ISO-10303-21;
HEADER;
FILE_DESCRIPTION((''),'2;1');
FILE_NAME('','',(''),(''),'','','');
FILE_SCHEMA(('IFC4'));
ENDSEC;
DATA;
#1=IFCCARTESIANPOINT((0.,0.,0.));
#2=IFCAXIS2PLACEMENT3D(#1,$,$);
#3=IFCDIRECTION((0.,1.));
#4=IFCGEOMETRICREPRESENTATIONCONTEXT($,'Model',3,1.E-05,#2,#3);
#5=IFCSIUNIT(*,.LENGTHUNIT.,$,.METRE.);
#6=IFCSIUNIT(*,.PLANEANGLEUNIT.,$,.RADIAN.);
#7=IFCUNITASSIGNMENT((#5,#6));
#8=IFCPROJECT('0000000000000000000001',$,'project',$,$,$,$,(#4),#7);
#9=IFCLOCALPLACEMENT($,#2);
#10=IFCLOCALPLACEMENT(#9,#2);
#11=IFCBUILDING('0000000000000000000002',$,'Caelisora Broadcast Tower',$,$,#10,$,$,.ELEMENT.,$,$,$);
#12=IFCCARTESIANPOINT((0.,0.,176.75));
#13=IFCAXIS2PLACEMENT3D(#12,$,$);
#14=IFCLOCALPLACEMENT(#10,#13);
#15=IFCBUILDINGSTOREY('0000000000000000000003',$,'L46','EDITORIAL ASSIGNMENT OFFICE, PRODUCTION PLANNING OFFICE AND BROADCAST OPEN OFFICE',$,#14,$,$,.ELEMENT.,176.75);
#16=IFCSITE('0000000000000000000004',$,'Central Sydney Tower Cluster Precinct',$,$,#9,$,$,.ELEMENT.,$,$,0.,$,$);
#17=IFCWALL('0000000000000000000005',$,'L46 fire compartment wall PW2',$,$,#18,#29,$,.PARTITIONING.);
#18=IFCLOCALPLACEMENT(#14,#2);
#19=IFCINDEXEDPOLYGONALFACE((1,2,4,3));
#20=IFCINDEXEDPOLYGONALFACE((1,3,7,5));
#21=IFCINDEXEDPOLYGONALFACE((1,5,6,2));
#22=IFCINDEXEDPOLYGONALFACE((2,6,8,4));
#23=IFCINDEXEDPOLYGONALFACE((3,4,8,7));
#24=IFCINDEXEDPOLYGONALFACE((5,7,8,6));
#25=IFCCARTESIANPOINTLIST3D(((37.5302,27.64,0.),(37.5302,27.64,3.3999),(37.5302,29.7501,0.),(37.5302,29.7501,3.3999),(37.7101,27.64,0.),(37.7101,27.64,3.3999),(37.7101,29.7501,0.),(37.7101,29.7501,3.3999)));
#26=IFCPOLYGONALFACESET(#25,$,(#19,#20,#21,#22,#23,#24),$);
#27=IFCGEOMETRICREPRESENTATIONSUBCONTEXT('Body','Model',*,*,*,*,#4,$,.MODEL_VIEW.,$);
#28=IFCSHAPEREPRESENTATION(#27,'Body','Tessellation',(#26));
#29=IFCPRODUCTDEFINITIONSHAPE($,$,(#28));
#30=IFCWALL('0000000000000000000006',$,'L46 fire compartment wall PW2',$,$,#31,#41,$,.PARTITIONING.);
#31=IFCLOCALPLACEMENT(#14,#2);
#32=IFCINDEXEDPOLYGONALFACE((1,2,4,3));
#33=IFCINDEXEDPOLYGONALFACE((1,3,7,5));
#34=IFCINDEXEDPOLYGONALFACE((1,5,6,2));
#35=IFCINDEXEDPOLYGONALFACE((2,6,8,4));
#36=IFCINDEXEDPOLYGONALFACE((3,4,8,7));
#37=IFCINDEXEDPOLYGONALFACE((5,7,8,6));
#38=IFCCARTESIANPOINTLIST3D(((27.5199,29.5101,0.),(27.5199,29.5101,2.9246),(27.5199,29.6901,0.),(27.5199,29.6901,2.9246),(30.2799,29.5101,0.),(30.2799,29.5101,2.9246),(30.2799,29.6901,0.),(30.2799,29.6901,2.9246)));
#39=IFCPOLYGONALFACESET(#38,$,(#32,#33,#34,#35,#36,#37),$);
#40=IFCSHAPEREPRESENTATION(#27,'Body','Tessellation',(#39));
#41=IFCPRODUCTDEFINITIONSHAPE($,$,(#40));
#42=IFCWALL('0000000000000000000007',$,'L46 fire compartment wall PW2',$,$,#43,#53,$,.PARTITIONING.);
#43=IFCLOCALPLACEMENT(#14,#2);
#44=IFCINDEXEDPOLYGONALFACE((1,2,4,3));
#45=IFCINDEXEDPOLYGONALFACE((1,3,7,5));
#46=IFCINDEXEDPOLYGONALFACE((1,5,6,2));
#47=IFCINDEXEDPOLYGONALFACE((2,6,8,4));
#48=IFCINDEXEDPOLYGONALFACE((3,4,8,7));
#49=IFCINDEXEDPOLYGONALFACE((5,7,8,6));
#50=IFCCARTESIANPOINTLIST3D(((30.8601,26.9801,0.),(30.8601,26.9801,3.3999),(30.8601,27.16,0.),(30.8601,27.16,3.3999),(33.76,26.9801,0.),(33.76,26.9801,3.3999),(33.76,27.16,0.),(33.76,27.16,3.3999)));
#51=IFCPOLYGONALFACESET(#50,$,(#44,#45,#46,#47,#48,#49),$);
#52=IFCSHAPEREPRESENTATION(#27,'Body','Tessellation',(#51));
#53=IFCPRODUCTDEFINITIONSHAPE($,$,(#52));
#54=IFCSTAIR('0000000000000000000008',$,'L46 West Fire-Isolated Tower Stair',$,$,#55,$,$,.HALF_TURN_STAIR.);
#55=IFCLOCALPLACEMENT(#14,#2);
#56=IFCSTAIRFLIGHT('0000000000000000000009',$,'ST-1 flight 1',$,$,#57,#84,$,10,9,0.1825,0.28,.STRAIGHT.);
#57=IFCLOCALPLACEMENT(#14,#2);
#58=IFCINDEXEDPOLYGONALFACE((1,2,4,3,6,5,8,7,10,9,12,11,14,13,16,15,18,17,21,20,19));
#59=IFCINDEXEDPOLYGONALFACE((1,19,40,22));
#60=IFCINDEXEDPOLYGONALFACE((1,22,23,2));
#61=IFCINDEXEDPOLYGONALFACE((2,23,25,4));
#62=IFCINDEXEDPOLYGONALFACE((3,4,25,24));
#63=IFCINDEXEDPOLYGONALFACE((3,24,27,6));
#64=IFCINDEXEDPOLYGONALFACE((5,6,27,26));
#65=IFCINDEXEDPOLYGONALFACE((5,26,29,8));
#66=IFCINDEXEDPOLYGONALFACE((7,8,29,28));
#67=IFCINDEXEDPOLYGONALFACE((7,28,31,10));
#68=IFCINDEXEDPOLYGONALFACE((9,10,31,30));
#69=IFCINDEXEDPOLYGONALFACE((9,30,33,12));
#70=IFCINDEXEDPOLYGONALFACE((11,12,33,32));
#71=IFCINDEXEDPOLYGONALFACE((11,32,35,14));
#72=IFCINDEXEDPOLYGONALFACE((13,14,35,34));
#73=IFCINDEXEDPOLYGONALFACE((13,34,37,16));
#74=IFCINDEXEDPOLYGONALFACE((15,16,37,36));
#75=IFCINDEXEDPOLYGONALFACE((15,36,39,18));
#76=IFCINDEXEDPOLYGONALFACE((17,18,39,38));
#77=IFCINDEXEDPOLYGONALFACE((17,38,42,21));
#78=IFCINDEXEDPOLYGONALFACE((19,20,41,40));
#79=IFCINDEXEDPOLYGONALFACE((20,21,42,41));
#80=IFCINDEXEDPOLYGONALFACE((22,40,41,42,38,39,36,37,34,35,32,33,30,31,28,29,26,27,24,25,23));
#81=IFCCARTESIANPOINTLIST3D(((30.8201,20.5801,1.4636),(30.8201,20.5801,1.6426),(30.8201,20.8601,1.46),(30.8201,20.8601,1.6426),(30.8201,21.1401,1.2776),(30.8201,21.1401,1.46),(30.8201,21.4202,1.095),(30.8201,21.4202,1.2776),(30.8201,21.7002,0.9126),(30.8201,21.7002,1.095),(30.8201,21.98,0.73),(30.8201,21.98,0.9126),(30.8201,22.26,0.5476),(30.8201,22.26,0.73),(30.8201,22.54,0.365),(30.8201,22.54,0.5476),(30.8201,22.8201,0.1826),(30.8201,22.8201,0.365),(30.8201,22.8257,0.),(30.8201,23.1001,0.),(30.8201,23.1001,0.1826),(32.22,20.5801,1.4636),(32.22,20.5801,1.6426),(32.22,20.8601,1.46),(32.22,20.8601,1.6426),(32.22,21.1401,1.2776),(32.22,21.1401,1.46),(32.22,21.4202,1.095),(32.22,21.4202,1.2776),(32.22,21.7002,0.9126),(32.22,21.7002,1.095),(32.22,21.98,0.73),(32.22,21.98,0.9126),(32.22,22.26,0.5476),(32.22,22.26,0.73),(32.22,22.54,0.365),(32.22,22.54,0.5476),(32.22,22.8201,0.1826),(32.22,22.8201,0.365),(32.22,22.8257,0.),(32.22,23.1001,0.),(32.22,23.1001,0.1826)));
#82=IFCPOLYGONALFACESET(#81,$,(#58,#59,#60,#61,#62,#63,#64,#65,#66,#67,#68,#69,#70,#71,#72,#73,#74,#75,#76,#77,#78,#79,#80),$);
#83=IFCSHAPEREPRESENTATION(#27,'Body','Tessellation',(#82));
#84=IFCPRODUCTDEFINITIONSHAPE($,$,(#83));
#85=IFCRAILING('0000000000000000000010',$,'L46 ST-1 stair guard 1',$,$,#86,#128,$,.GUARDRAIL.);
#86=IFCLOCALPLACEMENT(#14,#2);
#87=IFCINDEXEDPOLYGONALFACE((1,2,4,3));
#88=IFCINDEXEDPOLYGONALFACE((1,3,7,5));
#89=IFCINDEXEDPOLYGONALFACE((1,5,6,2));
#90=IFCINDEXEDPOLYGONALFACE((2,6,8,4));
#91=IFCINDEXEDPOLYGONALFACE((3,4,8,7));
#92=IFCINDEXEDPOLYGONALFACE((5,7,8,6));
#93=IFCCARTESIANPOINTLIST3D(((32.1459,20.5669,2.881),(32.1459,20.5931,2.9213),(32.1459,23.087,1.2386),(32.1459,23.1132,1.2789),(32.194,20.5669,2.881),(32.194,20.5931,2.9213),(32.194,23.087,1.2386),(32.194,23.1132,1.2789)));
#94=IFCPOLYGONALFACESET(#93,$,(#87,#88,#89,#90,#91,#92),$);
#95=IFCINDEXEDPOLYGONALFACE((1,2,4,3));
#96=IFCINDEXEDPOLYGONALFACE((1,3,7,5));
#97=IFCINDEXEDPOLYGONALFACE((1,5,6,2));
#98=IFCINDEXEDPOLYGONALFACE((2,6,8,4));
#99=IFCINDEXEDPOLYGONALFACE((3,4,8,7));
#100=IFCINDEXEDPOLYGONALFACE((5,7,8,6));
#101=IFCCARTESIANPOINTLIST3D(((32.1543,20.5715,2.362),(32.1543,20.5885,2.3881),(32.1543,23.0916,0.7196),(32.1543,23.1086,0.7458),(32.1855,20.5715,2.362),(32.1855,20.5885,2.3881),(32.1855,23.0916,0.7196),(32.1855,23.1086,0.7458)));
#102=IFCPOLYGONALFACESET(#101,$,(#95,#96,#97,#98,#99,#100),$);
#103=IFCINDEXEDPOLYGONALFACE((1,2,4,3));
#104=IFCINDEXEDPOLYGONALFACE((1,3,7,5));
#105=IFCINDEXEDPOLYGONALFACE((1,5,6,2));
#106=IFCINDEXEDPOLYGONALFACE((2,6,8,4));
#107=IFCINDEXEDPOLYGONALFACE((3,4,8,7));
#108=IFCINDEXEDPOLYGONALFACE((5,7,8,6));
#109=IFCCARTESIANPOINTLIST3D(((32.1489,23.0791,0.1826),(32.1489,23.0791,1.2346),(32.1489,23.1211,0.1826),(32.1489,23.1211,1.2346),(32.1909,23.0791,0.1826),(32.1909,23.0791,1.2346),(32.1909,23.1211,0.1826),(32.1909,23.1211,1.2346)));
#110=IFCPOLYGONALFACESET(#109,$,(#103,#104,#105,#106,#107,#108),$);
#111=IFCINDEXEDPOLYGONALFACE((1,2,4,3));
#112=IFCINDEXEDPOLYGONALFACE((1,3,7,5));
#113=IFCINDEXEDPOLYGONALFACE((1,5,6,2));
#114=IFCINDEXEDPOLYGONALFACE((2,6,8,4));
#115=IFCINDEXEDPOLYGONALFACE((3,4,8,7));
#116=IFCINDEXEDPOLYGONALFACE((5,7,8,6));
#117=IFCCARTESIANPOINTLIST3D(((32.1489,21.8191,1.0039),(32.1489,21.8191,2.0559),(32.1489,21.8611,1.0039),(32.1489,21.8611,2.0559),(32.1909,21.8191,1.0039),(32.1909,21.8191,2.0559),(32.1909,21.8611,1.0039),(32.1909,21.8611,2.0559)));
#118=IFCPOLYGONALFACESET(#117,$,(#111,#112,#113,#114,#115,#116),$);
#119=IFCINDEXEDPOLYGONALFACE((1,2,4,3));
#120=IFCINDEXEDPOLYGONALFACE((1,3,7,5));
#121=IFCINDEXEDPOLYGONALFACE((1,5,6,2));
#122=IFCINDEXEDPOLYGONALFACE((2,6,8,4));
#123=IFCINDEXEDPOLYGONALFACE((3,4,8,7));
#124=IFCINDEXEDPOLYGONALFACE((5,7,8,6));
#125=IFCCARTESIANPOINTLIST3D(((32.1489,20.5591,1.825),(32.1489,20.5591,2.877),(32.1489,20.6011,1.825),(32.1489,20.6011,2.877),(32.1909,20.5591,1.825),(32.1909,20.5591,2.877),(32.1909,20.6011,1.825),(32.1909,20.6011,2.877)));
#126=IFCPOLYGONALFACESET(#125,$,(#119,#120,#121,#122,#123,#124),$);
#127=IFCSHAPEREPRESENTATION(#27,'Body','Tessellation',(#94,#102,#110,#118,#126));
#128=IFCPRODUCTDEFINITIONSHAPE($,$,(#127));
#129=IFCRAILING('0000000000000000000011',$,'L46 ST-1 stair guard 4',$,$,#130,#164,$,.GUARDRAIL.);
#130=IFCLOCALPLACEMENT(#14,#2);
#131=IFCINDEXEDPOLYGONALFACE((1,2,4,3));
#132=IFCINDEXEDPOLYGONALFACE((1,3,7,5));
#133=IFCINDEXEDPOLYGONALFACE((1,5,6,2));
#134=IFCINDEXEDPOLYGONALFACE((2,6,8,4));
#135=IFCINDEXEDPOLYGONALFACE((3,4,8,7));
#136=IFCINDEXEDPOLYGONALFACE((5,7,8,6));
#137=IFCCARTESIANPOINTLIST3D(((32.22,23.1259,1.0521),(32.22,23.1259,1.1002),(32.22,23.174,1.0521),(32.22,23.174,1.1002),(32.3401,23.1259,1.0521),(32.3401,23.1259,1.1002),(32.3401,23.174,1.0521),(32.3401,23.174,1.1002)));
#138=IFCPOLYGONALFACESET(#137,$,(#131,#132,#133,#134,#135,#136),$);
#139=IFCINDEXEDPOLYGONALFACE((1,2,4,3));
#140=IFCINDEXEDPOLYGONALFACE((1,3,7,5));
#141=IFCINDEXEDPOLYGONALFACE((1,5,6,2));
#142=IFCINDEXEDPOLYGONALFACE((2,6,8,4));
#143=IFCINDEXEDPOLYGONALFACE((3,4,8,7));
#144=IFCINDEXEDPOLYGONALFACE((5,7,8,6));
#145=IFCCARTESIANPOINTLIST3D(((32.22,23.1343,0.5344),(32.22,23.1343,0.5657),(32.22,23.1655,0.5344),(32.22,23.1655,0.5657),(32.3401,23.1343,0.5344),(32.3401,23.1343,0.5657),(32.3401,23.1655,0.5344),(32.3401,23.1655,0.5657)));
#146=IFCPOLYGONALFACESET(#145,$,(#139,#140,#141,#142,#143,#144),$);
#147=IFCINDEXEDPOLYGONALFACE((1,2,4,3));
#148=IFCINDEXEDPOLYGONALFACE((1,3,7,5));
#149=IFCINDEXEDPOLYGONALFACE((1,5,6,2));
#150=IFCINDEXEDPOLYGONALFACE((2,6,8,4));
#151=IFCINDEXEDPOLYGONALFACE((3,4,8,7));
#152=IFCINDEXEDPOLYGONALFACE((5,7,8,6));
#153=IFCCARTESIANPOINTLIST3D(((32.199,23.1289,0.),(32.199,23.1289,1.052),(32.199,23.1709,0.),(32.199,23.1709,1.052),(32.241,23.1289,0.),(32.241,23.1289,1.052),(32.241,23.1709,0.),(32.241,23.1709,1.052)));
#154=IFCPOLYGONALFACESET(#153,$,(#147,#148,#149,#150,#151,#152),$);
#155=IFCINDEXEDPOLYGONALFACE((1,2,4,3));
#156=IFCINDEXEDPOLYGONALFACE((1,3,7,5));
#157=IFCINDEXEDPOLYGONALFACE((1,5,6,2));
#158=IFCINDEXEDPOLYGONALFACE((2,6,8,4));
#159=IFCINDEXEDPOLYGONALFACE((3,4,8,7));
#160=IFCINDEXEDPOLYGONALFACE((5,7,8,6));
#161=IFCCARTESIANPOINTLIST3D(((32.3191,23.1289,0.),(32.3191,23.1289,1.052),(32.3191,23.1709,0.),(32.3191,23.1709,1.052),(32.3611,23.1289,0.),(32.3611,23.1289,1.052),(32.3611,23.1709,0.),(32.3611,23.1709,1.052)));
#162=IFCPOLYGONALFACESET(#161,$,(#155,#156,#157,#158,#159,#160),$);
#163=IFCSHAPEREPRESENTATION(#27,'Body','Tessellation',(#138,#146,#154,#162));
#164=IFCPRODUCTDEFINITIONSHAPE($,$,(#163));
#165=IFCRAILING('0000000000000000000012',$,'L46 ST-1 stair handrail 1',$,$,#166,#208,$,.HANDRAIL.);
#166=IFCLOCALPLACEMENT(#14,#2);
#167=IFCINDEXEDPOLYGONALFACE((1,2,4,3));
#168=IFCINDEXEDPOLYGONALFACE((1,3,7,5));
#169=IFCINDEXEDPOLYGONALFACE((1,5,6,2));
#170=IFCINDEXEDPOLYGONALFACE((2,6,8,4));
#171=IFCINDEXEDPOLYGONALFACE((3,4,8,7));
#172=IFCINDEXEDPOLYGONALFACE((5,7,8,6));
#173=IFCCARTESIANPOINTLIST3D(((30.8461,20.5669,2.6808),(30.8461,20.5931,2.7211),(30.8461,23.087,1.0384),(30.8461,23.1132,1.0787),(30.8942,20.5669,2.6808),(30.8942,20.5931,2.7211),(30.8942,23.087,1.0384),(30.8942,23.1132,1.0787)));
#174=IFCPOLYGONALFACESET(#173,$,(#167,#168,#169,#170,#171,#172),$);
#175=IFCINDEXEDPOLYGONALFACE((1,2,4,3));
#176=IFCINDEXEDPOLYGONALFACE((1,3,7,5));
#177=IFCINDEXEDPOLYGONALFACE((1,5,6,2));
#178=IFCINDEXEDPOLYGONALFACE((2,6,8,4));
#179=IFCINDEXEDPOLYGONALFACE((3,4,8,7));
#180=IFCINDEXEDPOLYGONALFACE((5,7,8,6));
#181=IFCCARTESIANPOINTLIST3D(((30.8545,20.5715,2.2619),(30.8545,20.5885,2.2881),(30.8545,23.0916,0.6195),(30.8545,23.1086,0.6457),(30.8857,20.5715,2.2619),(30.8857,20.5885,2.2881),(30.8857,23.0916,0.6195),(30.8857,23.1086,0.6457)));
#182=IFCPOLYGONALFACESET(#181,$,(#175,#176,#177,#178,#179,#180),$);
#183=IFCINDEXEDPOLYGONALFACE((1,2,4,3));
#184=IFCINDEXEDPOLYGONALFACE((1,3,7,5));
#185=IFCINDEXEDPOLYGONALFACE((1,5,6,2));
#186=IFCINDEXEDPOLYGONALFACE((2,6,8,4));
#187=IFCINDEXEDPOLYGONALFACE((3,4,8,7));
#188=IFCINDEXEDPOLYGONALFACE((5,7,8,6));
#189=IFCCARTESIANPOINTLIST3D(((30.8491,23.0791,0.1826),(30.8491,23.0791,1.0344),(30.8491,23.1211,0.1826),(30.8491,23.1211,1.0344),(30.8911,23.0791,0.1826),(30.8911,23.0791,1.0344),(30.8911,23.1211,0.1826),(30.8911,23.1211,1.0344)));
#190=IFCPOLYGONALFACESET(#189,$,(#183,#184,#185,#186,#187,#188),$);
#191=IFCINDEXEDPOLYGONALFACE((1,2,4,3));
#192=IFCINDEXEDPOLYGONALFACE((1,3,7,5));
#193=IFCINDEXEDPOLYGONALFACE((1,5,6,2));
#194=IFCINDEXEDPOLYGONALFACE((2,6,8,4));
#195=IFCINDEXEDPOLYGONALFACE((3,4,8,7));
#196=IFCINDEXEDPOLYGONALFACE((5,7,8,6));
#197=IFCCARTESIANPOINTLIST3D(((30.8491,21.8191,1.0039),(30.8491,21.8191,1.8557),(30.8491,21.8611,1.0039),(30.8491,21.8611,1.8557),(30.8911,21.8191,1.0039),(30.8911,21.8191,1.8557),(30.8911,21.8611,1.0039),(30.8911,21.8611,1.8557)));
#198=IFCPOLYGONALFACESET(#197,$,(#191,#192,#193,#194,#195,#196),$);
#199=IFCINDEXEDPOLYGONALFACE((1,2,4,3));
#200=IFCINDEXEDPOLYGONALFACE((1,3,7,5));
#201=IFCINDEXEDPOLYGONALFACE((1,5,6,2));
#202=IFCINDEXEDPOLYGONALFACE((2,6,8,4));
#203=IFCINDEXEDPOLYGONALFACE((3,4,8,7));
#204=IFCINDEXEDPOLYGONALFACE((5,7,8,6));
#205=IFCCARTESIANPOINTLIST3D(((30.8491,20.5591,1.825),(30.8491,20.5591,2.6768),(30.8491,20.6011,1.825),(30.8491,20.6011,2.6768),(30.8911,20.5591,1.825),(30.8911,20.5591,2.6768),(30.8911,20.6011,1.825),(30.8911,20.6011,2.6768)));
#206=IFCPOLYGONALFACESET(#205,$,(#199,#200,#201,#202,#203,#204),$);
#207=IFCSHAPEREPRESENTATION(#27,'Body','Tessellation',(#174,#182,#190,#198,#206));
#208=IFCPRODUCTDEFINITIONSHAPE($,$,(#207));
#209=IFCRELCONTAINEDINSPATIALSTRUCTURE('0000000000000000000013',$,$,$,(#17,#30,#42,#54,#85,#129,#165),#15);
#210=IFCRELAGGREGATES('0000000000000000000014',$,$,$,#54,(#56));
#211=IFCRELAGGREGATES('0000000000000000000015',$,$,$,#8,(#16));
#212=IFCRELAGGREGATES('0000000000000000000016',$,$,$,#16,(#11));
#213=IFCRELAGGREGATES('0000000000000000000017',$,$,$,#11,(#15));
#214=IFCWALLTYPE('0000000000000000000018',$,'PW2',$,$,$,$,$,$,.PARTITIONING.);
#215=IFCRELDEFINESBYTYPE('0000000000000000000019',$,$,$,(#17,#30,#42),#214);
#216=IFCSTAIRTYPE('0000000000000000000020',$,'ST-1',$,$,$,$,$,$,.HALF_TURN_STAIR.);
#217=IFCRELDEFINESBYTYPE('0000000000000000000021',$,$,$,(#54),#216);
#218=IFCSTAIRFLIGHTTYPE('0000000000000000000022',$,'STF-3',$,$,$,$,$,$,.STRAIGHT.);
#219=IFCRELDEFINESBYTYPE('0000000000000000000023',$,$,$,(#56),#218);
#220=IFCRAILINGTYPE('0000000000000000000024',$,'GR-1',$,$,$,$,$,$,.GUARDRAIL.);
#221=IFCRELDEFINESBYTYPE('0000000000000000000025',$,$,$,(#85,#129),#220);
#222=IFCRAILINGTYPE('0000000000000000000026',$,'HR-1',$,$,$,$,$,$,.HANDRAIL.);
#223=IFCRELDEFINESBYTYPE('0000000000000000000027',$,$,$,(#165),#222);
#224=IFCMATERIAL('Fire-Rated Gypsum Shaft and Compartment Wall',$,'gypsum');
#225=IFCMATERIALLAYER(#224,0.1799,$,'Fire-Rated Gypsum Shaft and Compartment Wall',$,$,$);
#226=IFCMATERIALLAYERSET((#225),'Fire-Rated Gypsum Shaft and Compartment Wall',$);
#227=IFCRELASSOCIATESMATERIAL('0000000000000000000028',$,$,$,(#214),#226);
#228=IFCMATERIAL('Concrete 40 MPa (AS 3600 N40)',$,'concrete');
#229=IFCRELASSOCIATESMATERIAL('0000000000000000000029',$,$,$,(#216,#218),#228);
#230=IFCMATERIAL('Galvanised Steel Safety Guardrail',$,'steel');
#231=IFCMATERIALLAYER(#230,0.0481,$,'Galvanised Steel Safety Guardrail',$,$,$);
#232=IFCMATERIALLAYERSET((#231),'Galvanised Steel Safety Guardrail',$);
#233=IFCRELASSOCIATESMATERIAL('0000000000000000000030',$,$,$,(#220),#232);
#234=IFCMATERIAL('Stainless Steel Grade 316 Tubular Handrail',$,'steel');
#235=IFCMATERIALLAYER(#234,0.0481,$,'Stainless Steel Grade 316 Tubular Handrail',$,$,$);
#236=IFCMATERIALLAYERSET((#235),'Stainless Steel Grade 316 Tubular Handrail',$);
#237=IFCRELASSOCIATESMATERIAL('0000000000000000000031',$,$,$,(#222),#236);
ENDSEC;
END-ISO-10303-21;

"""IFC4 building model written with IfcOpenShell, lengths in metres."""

from ifc_helpers import new_model, si_unit, direction, frame, frame_2d, origin, origin_2d, place, context, subcontext, project, spatial, polyline, rectangle, outline, extrude, material, layer, layer_set, type_object, element, aggregate, save


model = new_model("IFC4")

# Units and contexts
model_context = context("Model", 3, precision=1e-05, world=origin(), true_north=direction((0.0, 1.0)))
body_context = subcontext(model_context, "Body", "Model", "MODEL_VIEW")
ifc_project = project(units=[si_unit("LENGTHUNIT", "METRE"), si_unit("PLANEANGLEUNIT", "RADIAN")], contexts=[model_context])

# Site, building, storey
site_placement = place(None, origin())
site = spatial("IfcSite", under=ifc_project, at=site_placement, Name="Central Sydney Tower Cluster Precinct", CompositionType="ELEMENT", RefElevation=0.0)
building_placement = place(site_placement, origin())
building = spatial("IfcBuilding", under=site, at=building_placement, Name="Caelisora Broadcast Tower", CompositionType="ELEMENT")
storey_placement = place(building_placement, frame((0.0, 0.0, 176.75)))
storey = spatial("IfcBuildingStorey", under=building, at=storey_placement, Name="L46", Description="EDITORIAL ASSIGNMENT OFFICE, PRODUCTION PLANNING OFFICE AND BROADCAST OPEN OFFICE", CompositionType="ELEMENT", Elevation=176.75)

# Shared definitions
ifc_material_1 = material(Name="Fire-Rated Gypsum Shaft and Compartment Wall", Category="gypsum")
ifc_layer_1 = layer(ifc_material_1, 0.1799, Name="Fire-Rated Gypsum Shaft and Compartment Wall")
ifc_layer_set_1 = layer_set([ifc_layer_1], Name="Fire-Rated Gypsum Shaft and Compartment Wall")
wall_type_1 = type_object("IfcWallType", Name="PW2", PredefinedType="PARTITIONING", material=ifc_layer_set_1)

# Walls
wall_1_placement = place(storey_placement, frame((37.6201, 27.6399, 0.0), z_axis=(0.0, 0.0, 1.0), x_axis=(0.0, 1.0, 0.0)))
element("IfcWall", 1, at=wall_1_placement, inside=storey, type_object=wall_type_1, Name="L46 fire compartment wall PW2", PredefinedType="PARTITIONING", context=body_context, shape_type="SweptSolid", body=[
    extrude(rectangle(XDim=2.1101, YDim=0.1799, at=frame_2d((1.0552, 0.0))), origin(), (0.0, 0.0, 1.0), 3.3999),
])
wall_2_placement = place(storey_placement, frame((27.52, 29.6001, 0.0), z_axis=(0.0, 0.0, 1.0), x_axis=(1.0, 0.0, 0.0)))
element("IfcWall", 2, at=wall_2_placement, inside=storey, type_object=wall_type_1, Name="L46 fire compartment wall PW2", PredefinedType="PARTITIONING", context=body_context, shape_type="SweptSolid", body=[
    extrude(rectangle(XDim=2.76, YDim=0.1799, at=frame_2d((1.3799, 0.0))), origin(), (0.0, 0.0, 1.0), 2.9246),
])
wall_3_placement = place(storey_placement, frame((30.8601, 27.0701, 0.0), z_axis=(0.0, 0.0, 1.0), x_axis=(1.0, 0.0, 0.0)))
element("IfcWall", 3, at=wall_3_placement, inside=storey, type_object=wall_type_1, Name="L46 fire compartment wall PW2", PredefinedType="PARTITIONING", context=body_context, shape_type="SweptSolid", body=[
    extrude(rectangle(XDim=2.8999, YDim=0.1799, at=frame_2d((1.45, 0.0))), origin(), (0.0, 0.0, 1.0), 3.3999),
])

# Stair, stair flight
ifc_material_2 = material(Name="Concrete 40 MPa (AS 3600 N40)", Category="concrete")
stair_type = type_object("IfcStairType", Name="ST-1", PredefinedType="HALF_TURN_STAIR", material=ifc_material_2)
stair_placement = place(storey_placement, origin())
stair = element("IfcStair", 4, at=stair_placement, inside=storey, type_object=stair_type, Name="L46 West Fire-Isolated Tower Stair", PredefinedType="HALF_TURN_STAIR")
stair_flight_type = type_object("IfcStairFlightType", Name="STF-3", PredefinedType="STRAIGHT", material=ifc_material_2)
stair_flight_placement = place(storey_placement, frame((31.52, 23.1001, 0.0), z_axis=(0.0, 0.0, 1.0), x_axis=(0.0, -1.0, 0.0)))
stair_flight = element("IfcStairFlight", 5, at=stair_flight_placement, type_object=stair_flight_type, Name="ST-1 flight 1", NumberOfRisers=10, NumberOfTreads=9, PredefinedType="STRAIGHT", RiserHeight=0.1825, TreadLength=0.28, context=body_context, shape_type="SweptSolid", body=[
    extrude(outline(polyline([(0.0, 0.0), (0.0, 0.1826), (0.28, 0.1826), (0.28, 0.365), (0.5601, 0.365), (0.5601, 0.5476), (0.8401, 0.5476), (0.8401, 0.73), (1.1201, 0.73), (1.1201, 0.9126), (1.3999, 0.9126), (1.3999, 1.095), (1.6799, 1.095), (1.6799, 1.2776), (1.96, 1.2776), (1.96, 1.46), (2.24, 1.46), (2.24, 1.6426), (2.52, 1.6426), (2.52, 1.825), (2.52, 1.4636), (0.2744, 0.0), (0.0, 0.0)])), frame((0.0, 0.7, 0.0), z_axis=(0.0, -1.0, 0.0), x_axis=(1.0, 0.0, 0.0)), (0.0, 0.0, 1.0), 1.3999),
])
aggregate(stair, [stair_flight])

# Railings
ifc_material_3 = material(Name="Galvanised Steel Safety Guardrail", Category="steel")
ifc_layer_2 = layer(ifc_material_3, 0.0481, Name="Galvanised Steel Safety Guardrail")
ifc_layer_set_2 = layer_set([ifc_layer_2], Name="Galvanised Steel Safety Guardrail")
railing_type_1 = type_object("IfcRailingType", Name="GR-1", PredefinedType="GUARDRAIL", material=ifc_layer_set_2)
railing_1_placement = place(storey_placement, frame((32.1699, 23.1001, 0.1826)))
element("IfcRailing", 6, at=railing_1_placement, inside=storey, type_object=railing_type_1, Name="L46 ST-1 stair guard 1", PredefinedType="GUARDRAIL", context=body_context, shape_type="SweptSolid", body=[
    extrude(rectangle(XDim=0.0481, YDim=0.0481, at=origin_2d()), frame((0.0, 0.0, 1.0762), z_axis=(0.0, -0.837787, 0.545998), x_axis=(1.0, 0.0, 0.0)), (0.0, 0.0, 1.0), 3.0081),
    extrude(rectangle(XDim=0.0312, YDim=0.0312, at=origin_2d()), frame((0.0, 0.0, 0.55), z_axis=(0.0, -0.837787, 0.545998), x_axis=(1.0, 0.0, 0.0)), (0.0, 0.0, 1.0), 3.0081),
    extrude(rectangle(XDim=0.042, YDim=0.042, at=origin_2d()), origin(), (0.0, 0.0, 1.0), 1.052),
    extrude(rectangle(XDim=0.042, YDim=0.042, at=origin_2d()), frame((0.0, -1.26, 0.8213)), (0.0, 0.0, 1.0), 1.052),
    extrude(rectangle(XDim=0.042, YDim=0.042, at=origin_2d()), frame((0.0, -2.52, 1.6423)), (0.0, 0.0, 1.0), 1.052),
])
railing_2_placement = place(storey_placement, frame((32.22, 23.1499, 0.0)))
element("IfcRailing", 7, at=railing_2_placement, inside=storey, type_object=railing_type_1, Name="L46 ST-1 stair guard 4", PredefinedType="GUARDRAIL", context=body_context, shape_type="SweptSolid", body=[
    extrude(rectangle(XDim=0.0481, YDim=0.0481, at=origin_2d()), frame((0.0, 0.0, 1.0762), z_axis=(1.0, 0.0, 0.0), x_axis=(0.0, 1.0, 0.0)), (0.0, 0.0, 1.0), 0.1201),
    extrude(rectangle(XDim=0.0312, YDim=0.0312, at=origin_2d()), frame((0.0, 0.0, 0.55), z_axis=(1.0, 0.0, 0.0), x_axis=(0.0, 1.0, 0.0)), (0.0, 0.0, 1.0), 0.1201),
    extrude(rectangle(XDim=0.042, YDim=0.042, at=origin_2d()), origin(), (0.0, 0.0, 1.0), 1.052),
    extrude(rectangle(XDim=0.042, YDim=0.042, at=origin_2d()), frame((0.1201, 0.0, 0.0)), (0.0, 0.0, 1.0), 1.052),
])
ifc_material_4 = material(Name="Stainless Steel Grade 316 Tubular Handrail", Category="steel")
ifc_layer_3 = layer(ifc_material_4, 0.0481, Name="Stainless Steel Grade 316 Tubular Handrail")
ifc_layer_set_3 = layer_set([ifc_layer_3], Name="Stainless Steel Grade 316 Tubular Handrail")
railing_type_2 = type_object("IfcRailingType", Name="HR-1", PredefinedType="HANDRAIL", material=ifc_layer_set_3)
railing_3_placement = place(storey_placement, frame((30.8701, 23.1001, 0.1826)))
element("IfcRailing", 8, at=railing_3_placement, inside=storey, type_object=railing_type_2, Name="L46 ST-1 stair handrail 1", PredefinedType="HANDRAIL", context=body_context, shape_type="SweptSolid", body=[
    extrude(rectangle(XDim=0.0481, YDim=0.0481, at=origin_2d()), frame((0.0, 0.0, 0.876), z_axis=(0.0, -0.837787, 0.545998), x_axis=(1.0, 0.0, 0.0)), (0.0, 0.0, 1.0), 3.0081),
    extrude(rectangle(XDim=0.0312, YDim=0.0312, at=origin_2d()), frame((0.0, 0.0, 0.45), z_axis=(0.0, -0.837787, 0.545998), x_axis=(1.0, 0.0, 0.0)), (0.0, 0.0, 1.0), 3.0081),
    extrude(rectangle(XDim=0.042, YDim=0.042, at=origin_2d()), origin(), (0.0, 0.0, 1.0), 0.8518),
    extrude(rectangle(XDim=0.042, YDim=0.042, at=origin_2d()), frame((0.0, -1.26, 0.8213)), (0.0, 0.0, 1.0), 0.8518),
    extrude(rectangle(XDim=0.042, YDim=0.042, at=origin_2d()), frame((0.0, -2.52, 1.6423)), (0.0, 0.0, 1.0), 0.8518),
])

save(model, "model.ifc")
